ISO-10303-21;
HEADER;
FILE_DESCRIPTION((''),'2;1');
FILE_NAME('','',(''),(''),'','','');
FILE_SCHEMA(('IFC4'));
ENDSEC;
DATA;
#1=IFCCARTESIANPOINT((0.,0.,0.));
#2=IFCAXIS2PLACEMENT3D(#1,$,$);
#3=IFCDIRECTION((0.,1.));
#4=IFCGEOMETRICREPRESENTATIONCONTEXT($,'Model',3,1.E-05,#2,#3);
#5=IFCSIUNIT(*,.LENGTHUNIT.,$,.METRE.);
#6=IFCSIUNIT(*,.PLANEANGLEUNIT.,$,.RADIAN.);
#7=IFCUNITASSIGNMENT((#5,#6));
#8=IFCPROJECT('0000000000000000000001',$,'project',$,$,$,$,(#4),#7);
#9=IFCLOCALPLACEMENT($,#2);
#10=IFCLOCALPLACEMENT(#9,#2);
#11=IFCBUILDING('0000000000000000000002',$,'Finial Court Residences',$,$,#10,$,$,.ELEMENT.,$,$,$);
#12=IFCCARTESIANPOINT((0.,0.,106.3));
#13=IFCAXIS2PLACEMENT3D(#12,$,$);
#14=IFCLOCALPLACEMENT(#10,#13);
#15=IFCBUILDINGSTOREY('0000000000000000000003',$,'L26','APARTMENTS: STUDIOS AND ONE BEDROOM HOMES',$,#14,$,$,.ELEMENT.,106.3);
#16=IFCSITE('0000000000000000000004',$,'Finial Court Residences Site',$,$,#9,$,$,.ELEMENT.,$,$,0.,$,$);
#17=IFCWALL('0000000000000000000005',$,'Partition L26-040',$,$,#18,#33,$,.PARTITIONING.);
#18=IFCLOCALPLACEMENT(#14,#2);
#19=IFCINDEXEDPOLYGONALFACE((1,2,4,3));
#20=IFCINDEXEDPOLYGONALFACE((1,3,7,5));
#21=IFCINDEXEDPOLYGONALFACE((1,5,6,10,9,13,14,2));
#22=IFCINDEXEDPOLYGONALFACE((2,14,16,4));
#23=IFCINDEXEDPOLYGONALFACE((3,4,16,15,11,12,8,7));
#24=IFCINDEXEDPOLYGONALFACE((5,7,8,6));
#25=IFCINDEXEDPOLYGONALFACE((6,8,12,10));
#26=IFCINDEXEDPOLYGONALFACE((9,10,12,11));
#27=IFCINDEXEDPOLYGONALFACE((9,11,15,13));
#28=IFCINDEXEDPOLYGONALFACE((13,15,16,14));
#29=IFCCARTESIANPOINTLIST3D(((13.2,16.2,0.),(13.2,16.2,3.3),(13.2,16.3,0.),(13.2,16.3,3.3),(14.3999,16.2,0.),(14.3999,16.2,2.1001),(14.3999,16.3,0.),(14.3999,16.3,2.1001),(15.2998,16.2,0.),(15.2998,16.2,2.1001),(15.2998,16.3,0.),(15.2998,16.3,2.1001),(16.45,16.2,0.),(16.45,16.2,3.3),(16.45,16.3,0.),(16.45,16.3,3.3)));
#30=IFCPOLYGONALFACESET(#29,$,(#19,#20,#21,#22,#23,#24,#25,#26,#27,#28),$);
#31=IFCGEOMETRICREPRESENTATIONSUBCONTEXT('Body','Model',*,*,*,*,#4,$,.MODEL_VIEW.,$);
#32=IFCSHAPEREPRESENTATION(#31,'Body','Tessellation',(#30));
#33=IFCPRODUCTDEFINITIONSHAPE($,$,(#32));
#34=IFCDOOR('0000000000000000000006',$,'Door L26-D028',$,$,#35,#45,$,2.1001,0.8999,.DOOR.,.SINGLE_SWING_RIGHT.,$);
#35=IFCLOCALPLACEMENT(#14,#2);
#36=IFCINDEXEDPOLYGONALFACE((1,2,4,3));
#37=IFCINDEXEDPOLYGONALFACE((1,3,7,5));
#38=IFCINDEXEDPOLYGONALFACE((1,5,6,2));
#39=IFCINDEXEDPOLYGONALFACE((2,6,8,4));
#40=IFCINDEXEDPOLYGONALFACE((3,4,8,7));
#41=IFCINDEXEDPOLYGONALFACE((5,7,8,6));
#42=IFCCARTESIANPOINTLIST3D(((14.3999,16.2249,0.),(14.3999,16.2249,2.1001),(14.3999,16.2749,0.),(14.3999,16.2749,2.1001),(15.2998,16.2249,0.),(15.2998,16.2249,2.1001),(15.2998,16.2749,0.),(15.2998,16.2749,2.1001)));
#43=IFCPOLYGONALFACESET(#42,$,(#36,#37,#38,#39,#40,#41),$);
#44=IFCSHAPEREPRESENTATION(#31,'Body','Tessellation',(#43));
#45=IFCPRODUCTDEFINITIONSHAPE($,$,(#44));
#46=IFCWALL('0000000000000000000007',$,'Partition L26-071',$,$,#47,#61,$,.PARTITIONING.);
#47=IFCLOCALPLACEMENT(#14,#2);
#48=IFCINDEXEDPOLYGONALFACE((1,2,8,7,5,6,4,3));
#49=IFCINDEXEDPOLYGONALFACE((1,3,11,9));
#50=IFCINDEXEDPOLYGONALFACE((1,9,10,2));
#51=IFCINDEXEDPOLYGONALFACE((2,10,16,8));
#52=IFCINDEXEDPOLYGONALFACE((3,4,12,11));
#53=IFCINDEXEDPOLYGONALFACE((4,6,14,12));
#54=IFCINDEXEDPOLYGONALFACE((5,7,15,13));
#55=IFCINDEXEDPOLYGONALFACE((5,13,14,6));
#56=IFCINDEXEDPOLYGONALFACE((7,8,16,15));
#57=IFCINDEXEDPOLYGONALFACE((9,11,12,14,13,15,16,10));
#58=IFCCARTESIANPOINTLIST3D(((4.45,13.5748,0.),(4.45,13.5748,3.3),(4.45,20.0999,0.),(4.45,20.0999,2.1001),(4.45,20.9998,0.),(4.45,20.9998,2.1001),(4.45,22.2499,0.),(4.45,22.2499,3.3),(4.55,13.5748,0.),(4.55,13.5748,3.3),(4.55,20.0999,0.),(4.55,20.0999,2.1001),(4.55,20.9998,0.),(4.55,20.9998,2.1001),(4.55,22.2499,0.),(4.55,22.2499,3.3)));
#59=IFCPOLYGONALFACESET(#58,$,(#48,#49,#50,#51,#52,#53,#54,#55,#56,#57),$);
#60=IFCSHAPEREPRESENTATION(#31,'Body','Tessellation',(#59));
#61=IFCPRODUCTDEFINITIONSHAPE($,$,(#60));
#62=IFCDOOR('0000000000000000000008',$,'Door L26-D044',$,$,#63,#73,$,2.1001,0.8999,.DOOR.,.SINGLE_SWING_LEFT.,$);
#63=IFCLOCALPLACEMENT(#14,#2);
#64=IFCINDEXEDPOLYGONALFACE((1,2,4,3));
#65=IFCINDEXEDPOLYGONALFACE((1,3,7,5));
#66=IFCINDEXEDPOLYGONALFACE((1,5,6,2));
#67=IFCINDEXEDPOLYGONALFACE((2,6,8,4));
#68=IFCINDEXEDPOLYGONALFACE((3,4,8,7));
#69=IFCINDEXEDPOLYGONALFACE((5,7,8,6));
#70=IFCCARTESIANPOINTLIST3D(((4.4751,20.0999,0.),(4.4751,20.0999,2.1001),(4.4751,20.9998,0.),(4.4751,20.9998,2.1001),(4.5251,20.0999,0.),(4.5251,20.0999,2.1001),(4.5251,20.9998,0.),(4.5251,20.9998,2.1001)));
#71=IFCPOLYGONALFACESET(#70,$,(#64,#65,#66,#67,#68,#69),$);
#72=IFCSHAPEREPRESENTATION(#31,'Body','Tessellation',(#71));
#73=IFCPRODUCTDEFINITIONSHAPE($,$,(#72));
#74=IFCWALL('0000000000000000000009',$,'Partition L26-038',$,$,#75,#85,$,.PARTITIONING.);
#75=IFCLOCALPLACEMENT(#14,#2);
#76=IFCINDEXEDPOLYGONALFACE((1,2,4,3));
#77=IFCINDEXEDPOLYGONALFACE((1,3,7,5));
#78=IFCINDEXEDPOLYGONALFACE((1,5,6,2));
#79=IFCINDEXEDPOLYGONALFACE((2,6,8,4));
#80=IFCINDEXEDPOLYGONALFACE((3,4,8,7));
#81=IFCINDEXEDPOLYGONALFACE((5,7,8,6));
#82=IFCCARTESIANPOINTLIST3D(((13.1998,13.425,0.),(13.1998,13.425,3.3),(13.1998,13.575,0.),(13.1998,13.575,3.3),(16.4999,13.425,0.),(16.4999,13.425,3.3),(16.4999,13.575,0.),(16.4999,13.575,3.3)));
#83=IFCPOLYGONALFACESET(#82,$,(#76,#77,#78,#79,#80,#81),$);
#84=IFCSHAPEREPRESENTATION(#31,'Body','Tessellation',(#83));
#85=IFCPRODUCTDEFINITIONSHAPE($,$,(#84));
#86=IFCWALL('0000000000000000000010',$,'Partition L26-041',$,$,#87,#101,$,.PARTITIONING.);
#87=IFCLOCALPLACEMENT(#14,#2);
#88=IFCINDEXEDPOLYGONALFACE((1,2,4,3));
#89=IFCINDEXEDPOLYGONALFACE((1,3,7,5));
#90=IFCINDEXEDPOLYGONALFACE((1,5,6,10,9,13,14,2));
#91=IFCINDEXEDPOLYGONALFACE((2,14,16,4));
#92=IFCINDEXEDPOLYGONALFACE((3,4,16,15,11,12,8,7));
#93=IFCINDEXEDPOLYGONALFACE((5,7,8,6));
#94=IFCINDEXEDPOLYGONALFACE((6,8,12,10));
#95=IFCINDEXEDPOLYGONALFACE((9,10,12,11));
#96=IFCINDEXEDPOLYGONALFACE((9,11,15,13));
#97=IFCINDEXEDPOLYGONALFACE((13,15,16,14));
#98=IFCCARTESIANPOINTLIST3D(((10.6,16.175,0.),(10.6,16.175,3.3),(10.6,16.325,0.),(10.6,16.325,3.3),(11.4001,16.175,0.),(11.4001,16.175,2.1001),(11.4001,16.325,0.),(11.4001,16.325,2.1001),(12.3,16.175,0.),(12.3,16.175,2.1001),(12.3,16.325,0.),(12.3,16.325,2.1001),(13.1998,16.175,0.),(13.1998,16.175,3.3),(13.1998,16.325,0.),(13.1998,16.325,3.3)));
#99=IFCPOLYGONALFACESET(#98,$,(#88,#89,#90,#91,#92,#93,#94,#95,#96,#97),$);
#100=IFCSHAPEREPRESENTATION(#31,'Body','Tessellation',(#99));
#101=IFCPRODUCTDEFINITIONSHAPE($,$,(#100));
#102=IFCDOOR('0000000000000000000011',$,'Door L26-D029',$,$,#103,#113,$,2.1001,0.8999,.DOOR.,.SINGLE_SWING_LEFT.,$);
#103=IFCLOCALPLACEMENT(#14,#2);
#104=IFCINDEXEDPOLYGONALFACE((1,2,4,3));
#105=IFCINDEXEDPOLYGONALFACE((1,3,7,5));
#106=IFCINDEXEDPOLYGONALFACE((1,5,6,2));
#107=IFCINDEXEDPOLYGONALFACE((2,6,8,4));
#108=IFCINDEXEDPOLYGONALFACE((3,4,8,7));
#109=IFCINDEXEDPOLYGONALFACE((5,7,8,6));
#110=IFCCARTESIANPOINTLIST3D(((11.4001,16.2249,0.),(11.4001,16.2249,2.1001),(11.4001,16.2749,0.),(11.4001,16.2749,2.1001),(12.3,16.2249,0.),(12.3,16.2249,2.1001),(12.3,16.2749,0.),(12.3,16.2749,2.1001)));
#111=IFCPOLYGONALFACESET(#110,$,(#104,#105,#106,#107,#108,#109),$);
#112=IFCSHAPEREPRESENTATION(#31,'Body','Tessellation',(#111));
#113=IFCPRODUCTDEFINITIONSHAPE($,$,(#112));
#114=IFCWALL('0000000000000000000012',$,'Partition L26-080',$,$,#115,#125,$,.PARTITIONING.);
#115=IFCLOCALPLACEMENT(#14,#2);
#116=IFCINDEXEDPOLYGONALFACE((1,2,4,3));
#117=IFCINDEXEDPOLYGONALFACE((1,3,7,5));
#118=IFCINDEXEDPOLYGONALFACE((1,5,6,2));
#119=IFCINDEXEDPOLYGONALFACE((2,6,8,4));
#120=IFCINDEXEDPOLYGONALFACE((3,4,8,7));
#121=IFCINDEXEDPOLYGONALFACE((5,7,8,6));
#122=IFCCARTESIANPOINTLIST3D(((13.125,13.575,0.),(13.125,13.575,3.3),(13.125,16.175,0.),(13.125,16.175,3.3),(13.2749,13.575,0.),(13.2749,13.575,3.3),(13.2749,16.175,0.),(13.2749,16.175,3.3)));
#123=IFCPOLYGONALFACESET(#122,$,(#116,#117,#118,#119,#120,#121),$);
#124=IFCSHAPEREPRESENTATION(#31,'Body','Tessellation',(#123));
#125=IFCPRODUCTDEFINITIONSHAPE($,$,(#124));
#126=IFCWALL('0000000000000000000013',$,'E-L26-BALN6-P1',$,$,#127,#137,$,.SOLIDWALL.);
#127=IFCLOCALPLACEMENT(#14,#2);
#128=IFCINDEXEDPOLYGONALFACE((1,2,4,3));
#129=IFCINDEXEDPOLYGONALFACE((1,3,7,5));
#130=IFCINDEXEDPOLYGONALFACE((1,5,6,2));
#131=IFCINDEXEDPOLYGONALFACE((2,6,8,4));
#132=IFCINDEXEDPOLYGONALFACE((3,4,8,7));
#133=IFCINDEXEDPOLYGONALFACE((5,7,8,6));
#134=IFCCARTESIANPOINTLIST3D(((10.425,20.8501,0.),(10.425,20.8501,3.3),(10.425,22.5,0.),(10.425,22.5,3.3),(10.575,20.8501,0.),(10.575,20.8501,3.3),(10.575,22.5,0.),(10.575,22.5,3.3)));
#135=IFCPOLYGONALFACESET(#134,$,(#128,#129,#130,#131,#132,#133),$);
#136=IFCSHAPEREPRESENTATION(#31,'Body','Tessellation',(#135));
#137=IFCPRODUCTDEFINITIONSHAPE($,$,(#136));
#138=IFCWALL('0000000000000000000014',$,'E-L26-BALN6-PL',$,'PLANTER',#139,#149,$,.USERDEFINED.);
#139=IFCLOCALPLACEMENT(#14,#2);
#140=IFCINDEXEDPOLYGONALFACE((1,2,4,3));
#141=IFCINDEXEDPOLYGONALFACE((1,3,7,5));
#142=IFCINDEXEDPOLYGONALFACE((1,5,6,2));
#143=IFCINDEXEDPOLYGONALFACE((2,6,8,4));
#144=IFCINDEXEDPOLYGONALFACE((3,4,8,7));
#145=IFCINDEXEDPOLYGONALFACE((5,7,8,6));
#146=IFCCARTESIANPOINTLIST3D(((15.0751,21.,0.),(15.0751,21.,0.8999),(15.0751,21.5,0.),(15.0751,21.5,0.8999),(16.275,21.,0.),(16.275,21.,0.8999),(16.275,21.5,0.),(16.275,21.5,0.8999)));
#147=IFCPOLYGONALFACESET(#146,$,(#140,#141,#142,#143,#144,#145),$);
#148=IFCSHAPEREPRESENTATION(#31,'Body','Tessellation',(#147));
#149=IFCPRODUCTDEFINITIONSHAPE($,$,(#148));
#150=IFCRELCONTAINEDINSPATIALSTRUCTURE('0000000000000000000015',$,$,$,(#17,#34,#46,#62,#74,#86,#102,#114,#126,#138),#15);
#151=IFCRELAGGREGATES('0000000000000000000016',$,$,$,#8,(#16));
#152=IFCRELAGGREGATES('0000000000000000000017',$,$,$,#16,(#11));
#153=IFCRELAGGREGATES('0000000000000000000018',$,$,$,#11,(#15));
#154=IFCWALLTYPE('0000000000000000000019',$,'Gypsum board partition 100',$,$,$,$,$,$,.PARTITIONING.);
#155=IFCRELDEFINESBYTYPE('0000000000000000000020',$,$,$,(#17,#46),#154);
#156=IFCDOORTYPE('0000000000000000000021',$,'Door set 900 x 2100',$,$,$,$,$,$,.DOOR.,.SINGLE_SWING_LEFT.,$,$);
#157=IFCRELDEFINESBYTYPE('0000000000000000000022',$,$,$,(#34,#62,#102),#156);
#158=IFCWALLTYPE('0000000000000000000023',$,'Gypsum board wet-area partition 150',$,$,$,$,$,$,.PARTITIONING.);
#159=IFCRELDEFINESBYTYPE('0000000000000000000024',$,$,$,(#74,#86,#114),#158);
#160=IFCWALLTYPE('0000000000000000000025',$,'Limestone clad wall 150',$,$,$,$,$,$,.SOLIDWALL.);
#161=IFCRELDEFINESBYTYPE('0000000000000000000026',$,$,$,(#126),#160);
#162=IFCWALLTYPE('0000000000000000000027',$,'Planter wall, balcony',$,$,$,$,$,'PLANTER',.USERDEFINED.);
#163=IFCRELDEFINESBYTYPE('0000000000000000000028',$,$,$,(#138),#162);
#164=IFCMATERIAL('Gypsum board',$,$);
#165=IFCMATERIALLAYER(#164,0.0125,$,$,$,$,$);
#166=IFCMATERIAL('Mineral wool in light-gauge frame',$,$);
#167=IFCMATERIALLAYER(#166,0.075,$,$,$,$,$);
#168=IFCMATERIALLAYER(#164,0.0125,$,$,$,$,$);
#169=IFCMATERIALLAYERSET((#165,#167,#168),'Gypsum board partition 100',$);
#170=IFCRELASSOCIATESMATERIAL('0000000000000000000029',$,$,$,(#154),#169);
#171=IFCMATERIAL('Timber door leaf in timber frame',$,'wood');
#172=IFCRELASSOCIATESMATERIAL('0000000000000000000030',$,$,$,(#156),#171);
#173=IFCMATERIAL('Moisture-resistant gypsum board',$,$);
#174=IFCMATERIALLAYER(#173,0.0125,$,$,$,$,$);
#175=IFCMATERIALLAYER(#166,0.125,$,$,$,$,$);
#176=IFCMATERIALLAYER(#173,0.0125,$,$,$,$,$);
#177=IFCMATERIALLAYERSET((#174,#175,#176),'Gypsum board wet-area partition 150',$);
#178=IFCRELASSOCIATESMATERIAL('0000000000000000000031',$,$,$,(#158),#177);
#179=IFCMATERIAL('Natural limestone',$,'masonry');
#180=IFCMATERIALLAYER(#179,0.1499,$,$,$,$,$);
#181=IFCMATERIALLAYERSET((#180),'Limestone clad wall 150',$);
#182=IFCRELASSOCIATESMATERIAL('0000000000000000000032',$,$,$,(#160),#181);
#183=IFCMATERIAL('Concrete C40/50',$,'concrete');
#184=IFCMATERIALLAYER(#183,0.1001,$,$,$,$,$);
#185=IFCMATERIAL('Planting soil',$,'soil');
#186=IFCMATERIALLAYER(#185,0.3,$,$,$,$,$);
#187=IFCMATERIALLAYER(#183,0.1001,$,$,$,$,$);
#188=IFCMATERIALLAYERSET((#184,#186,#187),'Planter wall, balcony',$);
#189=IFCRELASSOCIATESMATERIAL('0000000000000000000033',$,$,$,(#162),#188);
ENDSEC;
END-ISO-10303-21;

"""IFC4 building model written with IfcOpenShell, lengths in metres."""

from ifc_helpers import new_model, si_unit, direction, frame, frame_2d, origin, place, context, subcontext, project, spatial, rectangle, extrude, material, layer, layer_set, type_object, element, fill, save


model = new_model("IFC4")

# Units and contexts
model_context = context("Model", 3, precision=1e-05, world=origin(), true_north=direction((0.0, 1.0)))
body_context = subcontext(model_context, "Body", "Model", "MODEL_VIEW")
ifc_project = project(units=[si_unit("LENGTHUNIT", "METRE"), si_unit("PLANEANGLEUNIT", "RADIAN")], contexts=[model_context])

# Site, building, storey
site_placement = place(None, origin())
site = spatial("IfcSite", under=ifc_project, at=site_placement, Name="Finial Court Residences Site", CompositionType="ELEMENT", RefElevation=0.0)
building_placement = place(site_placement, origin())
building = spatial("IfcBuilding", under=site, at=building_placement, Name="Finial Court Residences", CompositionType="ELEMENT")
storey_placement = place(building_placement, frame((0.0, 0.0, 106.3)))
storey = spatial("IfcBuildingStorey", under=building, at=storey_placement, Name="L26", Description="APARTMENTS: STUDIOS AND ONE BEDROOM HOMES", CompositionType="ELEMENT", Elevation=106.3)

# Shared definitions
ifc_material_1 = material(Name="Gypsum board")

# Walls, openings, doors
ifc_layer_1 = layer(ifc_material_1, 0.0125)
ifc_material_2 = material(Name="Mineral wool in light-gauge frame")
ifc_layer_2 = layer(ifc_material_2, 0.075)
ifc_layer_3 = layer(ifc_material_1, 0.0125)
ifc_layer_set_1 = layer_set([ifc_layer_1, ifc_layer_2, ifc_layer_3], Name="Gypsum board partition 100")
wall_type_1 = type_object("IfcWallType", Name="Gypsum board partition 100", PredefinedType="PARTITIONING", material=ifc_layer_set_1)
wall_1_placement = place(storey_placement, frame((13.2, 16.25, 0.0), z_axis=(0.0, 0.0, 1.0), x_axis=(1.0, 0.0, 0.0)))
wall_1 = element("IfcWall", 1, at=wall_1_placement, inside=storey, type_object=wall_type_1, Name="Partition L26-040", PredefinedType="PARTITIONING", context=body_context, shape_type="SweptSolid", body=[
    extrude(rectangle(XDim=3.25, YDim=0.1001, at=frame_2d((1.625, 0.0))), origin(), (0.0, 0.0, 1.0), 3.3),
])
opening_1_placement = place(wall_1_placement, frame((1.2, 0.0, 0.0)))
opening_1 = element("IfcOpeningElement", 2, at=opening_1_placement, cuts=wall_1, PredefinedType="OPENING", context=body_context, shape_type="SweptSolid", body=[
    extrude(rectangle(XDim=0.8999, YDim=2.1001, at=frame_2d((0.45, 1.05))), frame((0.0, 0.0601, 0.0), z_axis=(0.0, -1.0, 0.0), x_axis=(1.0, 0.0, 0.0)), (0.0, 0.0, 1.0), 0.1201),
])
ifc_material_3 = material(Name="Timber door leaf in timber frame", Category="wood")
door_type_1 = type_object("IfcDoorType", Name="Door set 900 x 2100", OperationType="SINGLE_SWING_LEFT", PredefinedType="DOOR", material=ifc_material_3)
door_1_placement = place(opening_1_placement, origin())
door_1 = element("IfcDoor", 3, at=door_1_placement, inside=storey, type_object=door_type_1, Name="Door L26-D028", OperationType="SINGLE_SWING_RIGHT", OverallHeight=2.1001, OverallWidth=0.8999, PredefinedType="DOOR", context=body_context, shape_type="SweptSolid", body=[
    extrude(rectangle(XDim=0.8999, YDim=2.1001, at=frame_2d((0.45, 1.05))), frame((0.0, 0.0249, 0.0), z_axis=(0.0, -1.0, 0.0), x_axis=(1.0, 0.0, 0.0)), (0.0, 0.0, 1.0), 0.05),
])
fill(opening_1, door_1)
wall_2_placement = place(storey_placement, frame((4.5, 13.575, 0.0), z_axis=(0.0, 0.0, 1.0), x_axis=(0.0, 1.0, 0.0)))
wall_2 = element("IfcWall", 4, at=wall_2_placement, inside=storey, type_object=wall_type_1, Name="Partition L26-071", PredefinedType="PARTITIONING", context=body_context, shape_type="SweptSolid", body=[
    extrude(rectangle(XDim=8.675, YDim=0.1001, at=frame_2d((4.3374, 0.0))), origin(), (0.0, 0.0, 1.0), 3.3),
])
opening_2_placement = place(wall_2_placement, frame((6.5249, 0.0, 0.0)))
opening_2 = element("IfcOpeningElement", 5, at=opening_2_placement, cuts=wall_2, PredefinedType="OPENING", context=body_context, shape_type="SweptSolid", body=[
    extrude(rectangle(XDim=0.8999, YDim=2.1001, at=frame_2d((0.45, 1.05))), frame((0.0, 0.0601, 0.0), z_axis=(0.0, -1.0, 0.0), x_axis=(1.0, 0.0, 0.0)), (0.0, 0.0, 1.0), 0.1201),
])
door_2_placement = place(opening_2_placement, origin())
door_2 = element("IfcDoor", 6, at=door_2_placement, inside=storey, type_object=door_type_1, Name="Door L26-D044", OperationType="SINGLE_SWING_LEFT", OverallHeight=2.1001, OverallWidth=0.8999, PredefinedType="DOOR", context=body_context, shape_type="SweptSolid", body=[
    extrude(rectangle(XDim=0.8999, YDim=2.1001, at=frame_2d((0.45, 1.05))), frame((0.0, 0.0249, 0.0), z_axis=(0.0, -1.0, 0.0), x_axis=(1.0, 0.0, 0.0)), (0.0, 0.0, 1.0), 0.05),
])
fill(opening_2, door_2)

# Wall
ifc_material_4 = material(Name="Moisture-resistant gypsum board")
ifc_layer_4 = layer(ifc_material_4, 0.0125)
ifc_layer_5 = layer(ifc_material_2, 0.125)
ifc_layer_6 = layer(ifc_material_4, 0.0125)
ifc_layer_set_2 = layer_set([ifc_layer_4, ifc_layer_5, ifc_layer_6], Name="Gypsum board wet-area partition 150")
wall_type_2 = type_object("IfcWallType", Name="Gypsum board wet-area partition 150", PredefinedType="PARTITIONING", material=ifc_layer_set_2)
wall_3_placement = place(storey_placement, frame((13.2, 13.5, 0.0), z_axis=(0.0, 0.0, 1.0), x_axis=(1.0, 0.0, 0.0)))
element("IfcWall", 7, at=wall_3_placement, inside=storey, type_object=wall_type_2, Name="Partition L26-038", PredefinedType="PARTITIONING", context=body_context, shape_type="SweptSolid", body=[
    extrude(rectangle(XDim=3.3, YDim=0.1499, at=frame_2d((1.6499, 0.0))), origin(), (0.0, 0.0, 1.0), 3.3),
])

# Wall, opening, door
wall_4_placement = place(storey_placement, frame((10.6001, 16.25, 0.0), z_axis=(0.0, 0.0, 1.0), x_axis=(1.0, 0.0, 0.0)))
wall_4 = element("IfcWall", 8, at=wall_4_placement, inside=storey, type_object=wall_type_2, Name="Partition L26-041", PredefinedType="PARTITIONING", context=body_context, shape_type="SweptSolid", body=[
    extrude(rectangle(XDim=2.5999, YDim=0.1499, at=frame_2d((1.2998, 0.0))), origin(), (0.0, 0.0, 1.0), 3.3),
])
opening_3_placement = place(wall_4_placement, frame((0.8, 0.0, 0.0)))
opening_3 = element("IfcOpeningElement", 9, at=opening_3_placement, cuts=wall_4, PredefinedType="OPENING", context=body_context, shape_type="SweptSolid", body=[
    extrude(rectangle(XDim=0.8999, YDim=2.1001, at=frame_2d((0.45, 1.05))), frame((0.0, 0.085, 0.0), z_axis=(0.0, -1.0, 0.0), x_axis=(1.0, 0.0, 0.0)), (0.0, 0.0, 1.0), 0.1699),
])
door_3_placement = place(opening_3_placement, origin())
door_3 = element("IfcDoor", 10, at=door_3_placement, inside=storey, type_object=door_type_1, Name="Door L26-D029", OperationType="SINGLE_SWING_LEFT", OverallHeight=2.1001, OverallWidth=0.8999, PredefinedType="DOOR", context=body_context, shape_type="SweptSolid", body=[
    extrude(rectangle(XDim=0.8999, YDim=2.1001, at=frame_2d((0.45, 1.05))), frame((0.0, 0.0249, 0.0), z_axis=(0.0, -1.0, 0.0), x_axis=(1.0, 0.0, 0.0)), (0.0, 0.0, 1.0), 0.05),
])
fill(opening_3, door_3)

# Walls
wall_5_placement = place(storey_placement, frame((13.2, 13.575, 0.0), z_axis=(0.0, 0.0, 1.0), x_axis=(0.0, 1.0, 0.0)))
element("IfcWall", 11, at=wall_5_placement, inside=storey, type_object=wall_type_2, Name="Partition L26-080", PredefinedType="PARTITIONING", context=body_context, shape_type="SweptSolid", body=[
    extrude(rectangle(XDim=2.6001, YDim=0.1499, at=frame_2d((1.3, 0.0))), origin(), (0.0, 0.0, 1.0), 3.3),
])
ifc_material_5 = material(Name="Natural limestone", Category="masonry")
ifc_layer_7 = layer(ifc_material_5, 0.1499)
ifc_layer_set_3 = layer_set([ifc_layer_7], Name="Limestone clad wall 150")
wall_type_3 = type_object("IfcWallType", Name="Limestone clad wall 150", PredefinedType="SOLIDWALL", material=ifc_layer_set_3)
wall_6_placement = place(storey_placement, frame((10.5, 20.8501, 0.0), z_axis=(0.0, 0.0, 1.0), x_axis=(0.0, 1.0, 0.0)))
element("IfcWall", 12, at=wall_6_placement, inside=storey, type_object=wall_type_3, Name="E-L26-BALN6-P1", PredefinedType="SOLIDWALL", context=body_context, shape_type="SweptSolid", body=[
    extrude(rectangle(XDim=1.6499, YDim=0.1499, at=frame_2d((0.825, 0.0))), origin(), (0.0, 0.0, 1.0), 3.3),
])

# Wall
ifc_material_6 = material(Name="Concrete C40/50", Category="concrete")
ifc_layer_8 = layer(ifc_material_6, 0.1001)
ifc_material_7 = material(Name="Planting soil", Category="soil")
ifc_layer_9 = layer(ifc_material_7, 0.3)
ifc_layer_10 = layer(ifc_material_6, 0.1001)
ifc_layer_set_4 = layer_set([ifc_layer_8, ifc_layer_9, ifc_layer_10], Name="Planter wall, balcony")
wall_type_4 = type_object("IfcWallType", Name="Planter wall, balcony", ElementType="PLANTER", PredefinedType="USERDEFINED", material=ifc_layer_set_4)
wall_7_placement = place(storey_placement, frame((15.075, 21.25, 0.0), z_axis=(0.0, 0.0, 1.0), x_axis=(1.0, 0.0, 0.0)))
element("IfcWall", 13, at=wall_7_placement, inside=storey, type_object=wall_type_4, Name="E-L26-BALN6-PL", ObjectType="PLANTER", PredefinedType="USERDEFINED", context=body_context, shape_type="SweptSolid", body=[
    extrude(rectangle(XDim=1.2, YDim=0.5, at=frame_2d((0.6001, 0.0))), origin(), (0.0, 0.0, 1.0), 0.8999),
])

save(model, "model.ifc")
